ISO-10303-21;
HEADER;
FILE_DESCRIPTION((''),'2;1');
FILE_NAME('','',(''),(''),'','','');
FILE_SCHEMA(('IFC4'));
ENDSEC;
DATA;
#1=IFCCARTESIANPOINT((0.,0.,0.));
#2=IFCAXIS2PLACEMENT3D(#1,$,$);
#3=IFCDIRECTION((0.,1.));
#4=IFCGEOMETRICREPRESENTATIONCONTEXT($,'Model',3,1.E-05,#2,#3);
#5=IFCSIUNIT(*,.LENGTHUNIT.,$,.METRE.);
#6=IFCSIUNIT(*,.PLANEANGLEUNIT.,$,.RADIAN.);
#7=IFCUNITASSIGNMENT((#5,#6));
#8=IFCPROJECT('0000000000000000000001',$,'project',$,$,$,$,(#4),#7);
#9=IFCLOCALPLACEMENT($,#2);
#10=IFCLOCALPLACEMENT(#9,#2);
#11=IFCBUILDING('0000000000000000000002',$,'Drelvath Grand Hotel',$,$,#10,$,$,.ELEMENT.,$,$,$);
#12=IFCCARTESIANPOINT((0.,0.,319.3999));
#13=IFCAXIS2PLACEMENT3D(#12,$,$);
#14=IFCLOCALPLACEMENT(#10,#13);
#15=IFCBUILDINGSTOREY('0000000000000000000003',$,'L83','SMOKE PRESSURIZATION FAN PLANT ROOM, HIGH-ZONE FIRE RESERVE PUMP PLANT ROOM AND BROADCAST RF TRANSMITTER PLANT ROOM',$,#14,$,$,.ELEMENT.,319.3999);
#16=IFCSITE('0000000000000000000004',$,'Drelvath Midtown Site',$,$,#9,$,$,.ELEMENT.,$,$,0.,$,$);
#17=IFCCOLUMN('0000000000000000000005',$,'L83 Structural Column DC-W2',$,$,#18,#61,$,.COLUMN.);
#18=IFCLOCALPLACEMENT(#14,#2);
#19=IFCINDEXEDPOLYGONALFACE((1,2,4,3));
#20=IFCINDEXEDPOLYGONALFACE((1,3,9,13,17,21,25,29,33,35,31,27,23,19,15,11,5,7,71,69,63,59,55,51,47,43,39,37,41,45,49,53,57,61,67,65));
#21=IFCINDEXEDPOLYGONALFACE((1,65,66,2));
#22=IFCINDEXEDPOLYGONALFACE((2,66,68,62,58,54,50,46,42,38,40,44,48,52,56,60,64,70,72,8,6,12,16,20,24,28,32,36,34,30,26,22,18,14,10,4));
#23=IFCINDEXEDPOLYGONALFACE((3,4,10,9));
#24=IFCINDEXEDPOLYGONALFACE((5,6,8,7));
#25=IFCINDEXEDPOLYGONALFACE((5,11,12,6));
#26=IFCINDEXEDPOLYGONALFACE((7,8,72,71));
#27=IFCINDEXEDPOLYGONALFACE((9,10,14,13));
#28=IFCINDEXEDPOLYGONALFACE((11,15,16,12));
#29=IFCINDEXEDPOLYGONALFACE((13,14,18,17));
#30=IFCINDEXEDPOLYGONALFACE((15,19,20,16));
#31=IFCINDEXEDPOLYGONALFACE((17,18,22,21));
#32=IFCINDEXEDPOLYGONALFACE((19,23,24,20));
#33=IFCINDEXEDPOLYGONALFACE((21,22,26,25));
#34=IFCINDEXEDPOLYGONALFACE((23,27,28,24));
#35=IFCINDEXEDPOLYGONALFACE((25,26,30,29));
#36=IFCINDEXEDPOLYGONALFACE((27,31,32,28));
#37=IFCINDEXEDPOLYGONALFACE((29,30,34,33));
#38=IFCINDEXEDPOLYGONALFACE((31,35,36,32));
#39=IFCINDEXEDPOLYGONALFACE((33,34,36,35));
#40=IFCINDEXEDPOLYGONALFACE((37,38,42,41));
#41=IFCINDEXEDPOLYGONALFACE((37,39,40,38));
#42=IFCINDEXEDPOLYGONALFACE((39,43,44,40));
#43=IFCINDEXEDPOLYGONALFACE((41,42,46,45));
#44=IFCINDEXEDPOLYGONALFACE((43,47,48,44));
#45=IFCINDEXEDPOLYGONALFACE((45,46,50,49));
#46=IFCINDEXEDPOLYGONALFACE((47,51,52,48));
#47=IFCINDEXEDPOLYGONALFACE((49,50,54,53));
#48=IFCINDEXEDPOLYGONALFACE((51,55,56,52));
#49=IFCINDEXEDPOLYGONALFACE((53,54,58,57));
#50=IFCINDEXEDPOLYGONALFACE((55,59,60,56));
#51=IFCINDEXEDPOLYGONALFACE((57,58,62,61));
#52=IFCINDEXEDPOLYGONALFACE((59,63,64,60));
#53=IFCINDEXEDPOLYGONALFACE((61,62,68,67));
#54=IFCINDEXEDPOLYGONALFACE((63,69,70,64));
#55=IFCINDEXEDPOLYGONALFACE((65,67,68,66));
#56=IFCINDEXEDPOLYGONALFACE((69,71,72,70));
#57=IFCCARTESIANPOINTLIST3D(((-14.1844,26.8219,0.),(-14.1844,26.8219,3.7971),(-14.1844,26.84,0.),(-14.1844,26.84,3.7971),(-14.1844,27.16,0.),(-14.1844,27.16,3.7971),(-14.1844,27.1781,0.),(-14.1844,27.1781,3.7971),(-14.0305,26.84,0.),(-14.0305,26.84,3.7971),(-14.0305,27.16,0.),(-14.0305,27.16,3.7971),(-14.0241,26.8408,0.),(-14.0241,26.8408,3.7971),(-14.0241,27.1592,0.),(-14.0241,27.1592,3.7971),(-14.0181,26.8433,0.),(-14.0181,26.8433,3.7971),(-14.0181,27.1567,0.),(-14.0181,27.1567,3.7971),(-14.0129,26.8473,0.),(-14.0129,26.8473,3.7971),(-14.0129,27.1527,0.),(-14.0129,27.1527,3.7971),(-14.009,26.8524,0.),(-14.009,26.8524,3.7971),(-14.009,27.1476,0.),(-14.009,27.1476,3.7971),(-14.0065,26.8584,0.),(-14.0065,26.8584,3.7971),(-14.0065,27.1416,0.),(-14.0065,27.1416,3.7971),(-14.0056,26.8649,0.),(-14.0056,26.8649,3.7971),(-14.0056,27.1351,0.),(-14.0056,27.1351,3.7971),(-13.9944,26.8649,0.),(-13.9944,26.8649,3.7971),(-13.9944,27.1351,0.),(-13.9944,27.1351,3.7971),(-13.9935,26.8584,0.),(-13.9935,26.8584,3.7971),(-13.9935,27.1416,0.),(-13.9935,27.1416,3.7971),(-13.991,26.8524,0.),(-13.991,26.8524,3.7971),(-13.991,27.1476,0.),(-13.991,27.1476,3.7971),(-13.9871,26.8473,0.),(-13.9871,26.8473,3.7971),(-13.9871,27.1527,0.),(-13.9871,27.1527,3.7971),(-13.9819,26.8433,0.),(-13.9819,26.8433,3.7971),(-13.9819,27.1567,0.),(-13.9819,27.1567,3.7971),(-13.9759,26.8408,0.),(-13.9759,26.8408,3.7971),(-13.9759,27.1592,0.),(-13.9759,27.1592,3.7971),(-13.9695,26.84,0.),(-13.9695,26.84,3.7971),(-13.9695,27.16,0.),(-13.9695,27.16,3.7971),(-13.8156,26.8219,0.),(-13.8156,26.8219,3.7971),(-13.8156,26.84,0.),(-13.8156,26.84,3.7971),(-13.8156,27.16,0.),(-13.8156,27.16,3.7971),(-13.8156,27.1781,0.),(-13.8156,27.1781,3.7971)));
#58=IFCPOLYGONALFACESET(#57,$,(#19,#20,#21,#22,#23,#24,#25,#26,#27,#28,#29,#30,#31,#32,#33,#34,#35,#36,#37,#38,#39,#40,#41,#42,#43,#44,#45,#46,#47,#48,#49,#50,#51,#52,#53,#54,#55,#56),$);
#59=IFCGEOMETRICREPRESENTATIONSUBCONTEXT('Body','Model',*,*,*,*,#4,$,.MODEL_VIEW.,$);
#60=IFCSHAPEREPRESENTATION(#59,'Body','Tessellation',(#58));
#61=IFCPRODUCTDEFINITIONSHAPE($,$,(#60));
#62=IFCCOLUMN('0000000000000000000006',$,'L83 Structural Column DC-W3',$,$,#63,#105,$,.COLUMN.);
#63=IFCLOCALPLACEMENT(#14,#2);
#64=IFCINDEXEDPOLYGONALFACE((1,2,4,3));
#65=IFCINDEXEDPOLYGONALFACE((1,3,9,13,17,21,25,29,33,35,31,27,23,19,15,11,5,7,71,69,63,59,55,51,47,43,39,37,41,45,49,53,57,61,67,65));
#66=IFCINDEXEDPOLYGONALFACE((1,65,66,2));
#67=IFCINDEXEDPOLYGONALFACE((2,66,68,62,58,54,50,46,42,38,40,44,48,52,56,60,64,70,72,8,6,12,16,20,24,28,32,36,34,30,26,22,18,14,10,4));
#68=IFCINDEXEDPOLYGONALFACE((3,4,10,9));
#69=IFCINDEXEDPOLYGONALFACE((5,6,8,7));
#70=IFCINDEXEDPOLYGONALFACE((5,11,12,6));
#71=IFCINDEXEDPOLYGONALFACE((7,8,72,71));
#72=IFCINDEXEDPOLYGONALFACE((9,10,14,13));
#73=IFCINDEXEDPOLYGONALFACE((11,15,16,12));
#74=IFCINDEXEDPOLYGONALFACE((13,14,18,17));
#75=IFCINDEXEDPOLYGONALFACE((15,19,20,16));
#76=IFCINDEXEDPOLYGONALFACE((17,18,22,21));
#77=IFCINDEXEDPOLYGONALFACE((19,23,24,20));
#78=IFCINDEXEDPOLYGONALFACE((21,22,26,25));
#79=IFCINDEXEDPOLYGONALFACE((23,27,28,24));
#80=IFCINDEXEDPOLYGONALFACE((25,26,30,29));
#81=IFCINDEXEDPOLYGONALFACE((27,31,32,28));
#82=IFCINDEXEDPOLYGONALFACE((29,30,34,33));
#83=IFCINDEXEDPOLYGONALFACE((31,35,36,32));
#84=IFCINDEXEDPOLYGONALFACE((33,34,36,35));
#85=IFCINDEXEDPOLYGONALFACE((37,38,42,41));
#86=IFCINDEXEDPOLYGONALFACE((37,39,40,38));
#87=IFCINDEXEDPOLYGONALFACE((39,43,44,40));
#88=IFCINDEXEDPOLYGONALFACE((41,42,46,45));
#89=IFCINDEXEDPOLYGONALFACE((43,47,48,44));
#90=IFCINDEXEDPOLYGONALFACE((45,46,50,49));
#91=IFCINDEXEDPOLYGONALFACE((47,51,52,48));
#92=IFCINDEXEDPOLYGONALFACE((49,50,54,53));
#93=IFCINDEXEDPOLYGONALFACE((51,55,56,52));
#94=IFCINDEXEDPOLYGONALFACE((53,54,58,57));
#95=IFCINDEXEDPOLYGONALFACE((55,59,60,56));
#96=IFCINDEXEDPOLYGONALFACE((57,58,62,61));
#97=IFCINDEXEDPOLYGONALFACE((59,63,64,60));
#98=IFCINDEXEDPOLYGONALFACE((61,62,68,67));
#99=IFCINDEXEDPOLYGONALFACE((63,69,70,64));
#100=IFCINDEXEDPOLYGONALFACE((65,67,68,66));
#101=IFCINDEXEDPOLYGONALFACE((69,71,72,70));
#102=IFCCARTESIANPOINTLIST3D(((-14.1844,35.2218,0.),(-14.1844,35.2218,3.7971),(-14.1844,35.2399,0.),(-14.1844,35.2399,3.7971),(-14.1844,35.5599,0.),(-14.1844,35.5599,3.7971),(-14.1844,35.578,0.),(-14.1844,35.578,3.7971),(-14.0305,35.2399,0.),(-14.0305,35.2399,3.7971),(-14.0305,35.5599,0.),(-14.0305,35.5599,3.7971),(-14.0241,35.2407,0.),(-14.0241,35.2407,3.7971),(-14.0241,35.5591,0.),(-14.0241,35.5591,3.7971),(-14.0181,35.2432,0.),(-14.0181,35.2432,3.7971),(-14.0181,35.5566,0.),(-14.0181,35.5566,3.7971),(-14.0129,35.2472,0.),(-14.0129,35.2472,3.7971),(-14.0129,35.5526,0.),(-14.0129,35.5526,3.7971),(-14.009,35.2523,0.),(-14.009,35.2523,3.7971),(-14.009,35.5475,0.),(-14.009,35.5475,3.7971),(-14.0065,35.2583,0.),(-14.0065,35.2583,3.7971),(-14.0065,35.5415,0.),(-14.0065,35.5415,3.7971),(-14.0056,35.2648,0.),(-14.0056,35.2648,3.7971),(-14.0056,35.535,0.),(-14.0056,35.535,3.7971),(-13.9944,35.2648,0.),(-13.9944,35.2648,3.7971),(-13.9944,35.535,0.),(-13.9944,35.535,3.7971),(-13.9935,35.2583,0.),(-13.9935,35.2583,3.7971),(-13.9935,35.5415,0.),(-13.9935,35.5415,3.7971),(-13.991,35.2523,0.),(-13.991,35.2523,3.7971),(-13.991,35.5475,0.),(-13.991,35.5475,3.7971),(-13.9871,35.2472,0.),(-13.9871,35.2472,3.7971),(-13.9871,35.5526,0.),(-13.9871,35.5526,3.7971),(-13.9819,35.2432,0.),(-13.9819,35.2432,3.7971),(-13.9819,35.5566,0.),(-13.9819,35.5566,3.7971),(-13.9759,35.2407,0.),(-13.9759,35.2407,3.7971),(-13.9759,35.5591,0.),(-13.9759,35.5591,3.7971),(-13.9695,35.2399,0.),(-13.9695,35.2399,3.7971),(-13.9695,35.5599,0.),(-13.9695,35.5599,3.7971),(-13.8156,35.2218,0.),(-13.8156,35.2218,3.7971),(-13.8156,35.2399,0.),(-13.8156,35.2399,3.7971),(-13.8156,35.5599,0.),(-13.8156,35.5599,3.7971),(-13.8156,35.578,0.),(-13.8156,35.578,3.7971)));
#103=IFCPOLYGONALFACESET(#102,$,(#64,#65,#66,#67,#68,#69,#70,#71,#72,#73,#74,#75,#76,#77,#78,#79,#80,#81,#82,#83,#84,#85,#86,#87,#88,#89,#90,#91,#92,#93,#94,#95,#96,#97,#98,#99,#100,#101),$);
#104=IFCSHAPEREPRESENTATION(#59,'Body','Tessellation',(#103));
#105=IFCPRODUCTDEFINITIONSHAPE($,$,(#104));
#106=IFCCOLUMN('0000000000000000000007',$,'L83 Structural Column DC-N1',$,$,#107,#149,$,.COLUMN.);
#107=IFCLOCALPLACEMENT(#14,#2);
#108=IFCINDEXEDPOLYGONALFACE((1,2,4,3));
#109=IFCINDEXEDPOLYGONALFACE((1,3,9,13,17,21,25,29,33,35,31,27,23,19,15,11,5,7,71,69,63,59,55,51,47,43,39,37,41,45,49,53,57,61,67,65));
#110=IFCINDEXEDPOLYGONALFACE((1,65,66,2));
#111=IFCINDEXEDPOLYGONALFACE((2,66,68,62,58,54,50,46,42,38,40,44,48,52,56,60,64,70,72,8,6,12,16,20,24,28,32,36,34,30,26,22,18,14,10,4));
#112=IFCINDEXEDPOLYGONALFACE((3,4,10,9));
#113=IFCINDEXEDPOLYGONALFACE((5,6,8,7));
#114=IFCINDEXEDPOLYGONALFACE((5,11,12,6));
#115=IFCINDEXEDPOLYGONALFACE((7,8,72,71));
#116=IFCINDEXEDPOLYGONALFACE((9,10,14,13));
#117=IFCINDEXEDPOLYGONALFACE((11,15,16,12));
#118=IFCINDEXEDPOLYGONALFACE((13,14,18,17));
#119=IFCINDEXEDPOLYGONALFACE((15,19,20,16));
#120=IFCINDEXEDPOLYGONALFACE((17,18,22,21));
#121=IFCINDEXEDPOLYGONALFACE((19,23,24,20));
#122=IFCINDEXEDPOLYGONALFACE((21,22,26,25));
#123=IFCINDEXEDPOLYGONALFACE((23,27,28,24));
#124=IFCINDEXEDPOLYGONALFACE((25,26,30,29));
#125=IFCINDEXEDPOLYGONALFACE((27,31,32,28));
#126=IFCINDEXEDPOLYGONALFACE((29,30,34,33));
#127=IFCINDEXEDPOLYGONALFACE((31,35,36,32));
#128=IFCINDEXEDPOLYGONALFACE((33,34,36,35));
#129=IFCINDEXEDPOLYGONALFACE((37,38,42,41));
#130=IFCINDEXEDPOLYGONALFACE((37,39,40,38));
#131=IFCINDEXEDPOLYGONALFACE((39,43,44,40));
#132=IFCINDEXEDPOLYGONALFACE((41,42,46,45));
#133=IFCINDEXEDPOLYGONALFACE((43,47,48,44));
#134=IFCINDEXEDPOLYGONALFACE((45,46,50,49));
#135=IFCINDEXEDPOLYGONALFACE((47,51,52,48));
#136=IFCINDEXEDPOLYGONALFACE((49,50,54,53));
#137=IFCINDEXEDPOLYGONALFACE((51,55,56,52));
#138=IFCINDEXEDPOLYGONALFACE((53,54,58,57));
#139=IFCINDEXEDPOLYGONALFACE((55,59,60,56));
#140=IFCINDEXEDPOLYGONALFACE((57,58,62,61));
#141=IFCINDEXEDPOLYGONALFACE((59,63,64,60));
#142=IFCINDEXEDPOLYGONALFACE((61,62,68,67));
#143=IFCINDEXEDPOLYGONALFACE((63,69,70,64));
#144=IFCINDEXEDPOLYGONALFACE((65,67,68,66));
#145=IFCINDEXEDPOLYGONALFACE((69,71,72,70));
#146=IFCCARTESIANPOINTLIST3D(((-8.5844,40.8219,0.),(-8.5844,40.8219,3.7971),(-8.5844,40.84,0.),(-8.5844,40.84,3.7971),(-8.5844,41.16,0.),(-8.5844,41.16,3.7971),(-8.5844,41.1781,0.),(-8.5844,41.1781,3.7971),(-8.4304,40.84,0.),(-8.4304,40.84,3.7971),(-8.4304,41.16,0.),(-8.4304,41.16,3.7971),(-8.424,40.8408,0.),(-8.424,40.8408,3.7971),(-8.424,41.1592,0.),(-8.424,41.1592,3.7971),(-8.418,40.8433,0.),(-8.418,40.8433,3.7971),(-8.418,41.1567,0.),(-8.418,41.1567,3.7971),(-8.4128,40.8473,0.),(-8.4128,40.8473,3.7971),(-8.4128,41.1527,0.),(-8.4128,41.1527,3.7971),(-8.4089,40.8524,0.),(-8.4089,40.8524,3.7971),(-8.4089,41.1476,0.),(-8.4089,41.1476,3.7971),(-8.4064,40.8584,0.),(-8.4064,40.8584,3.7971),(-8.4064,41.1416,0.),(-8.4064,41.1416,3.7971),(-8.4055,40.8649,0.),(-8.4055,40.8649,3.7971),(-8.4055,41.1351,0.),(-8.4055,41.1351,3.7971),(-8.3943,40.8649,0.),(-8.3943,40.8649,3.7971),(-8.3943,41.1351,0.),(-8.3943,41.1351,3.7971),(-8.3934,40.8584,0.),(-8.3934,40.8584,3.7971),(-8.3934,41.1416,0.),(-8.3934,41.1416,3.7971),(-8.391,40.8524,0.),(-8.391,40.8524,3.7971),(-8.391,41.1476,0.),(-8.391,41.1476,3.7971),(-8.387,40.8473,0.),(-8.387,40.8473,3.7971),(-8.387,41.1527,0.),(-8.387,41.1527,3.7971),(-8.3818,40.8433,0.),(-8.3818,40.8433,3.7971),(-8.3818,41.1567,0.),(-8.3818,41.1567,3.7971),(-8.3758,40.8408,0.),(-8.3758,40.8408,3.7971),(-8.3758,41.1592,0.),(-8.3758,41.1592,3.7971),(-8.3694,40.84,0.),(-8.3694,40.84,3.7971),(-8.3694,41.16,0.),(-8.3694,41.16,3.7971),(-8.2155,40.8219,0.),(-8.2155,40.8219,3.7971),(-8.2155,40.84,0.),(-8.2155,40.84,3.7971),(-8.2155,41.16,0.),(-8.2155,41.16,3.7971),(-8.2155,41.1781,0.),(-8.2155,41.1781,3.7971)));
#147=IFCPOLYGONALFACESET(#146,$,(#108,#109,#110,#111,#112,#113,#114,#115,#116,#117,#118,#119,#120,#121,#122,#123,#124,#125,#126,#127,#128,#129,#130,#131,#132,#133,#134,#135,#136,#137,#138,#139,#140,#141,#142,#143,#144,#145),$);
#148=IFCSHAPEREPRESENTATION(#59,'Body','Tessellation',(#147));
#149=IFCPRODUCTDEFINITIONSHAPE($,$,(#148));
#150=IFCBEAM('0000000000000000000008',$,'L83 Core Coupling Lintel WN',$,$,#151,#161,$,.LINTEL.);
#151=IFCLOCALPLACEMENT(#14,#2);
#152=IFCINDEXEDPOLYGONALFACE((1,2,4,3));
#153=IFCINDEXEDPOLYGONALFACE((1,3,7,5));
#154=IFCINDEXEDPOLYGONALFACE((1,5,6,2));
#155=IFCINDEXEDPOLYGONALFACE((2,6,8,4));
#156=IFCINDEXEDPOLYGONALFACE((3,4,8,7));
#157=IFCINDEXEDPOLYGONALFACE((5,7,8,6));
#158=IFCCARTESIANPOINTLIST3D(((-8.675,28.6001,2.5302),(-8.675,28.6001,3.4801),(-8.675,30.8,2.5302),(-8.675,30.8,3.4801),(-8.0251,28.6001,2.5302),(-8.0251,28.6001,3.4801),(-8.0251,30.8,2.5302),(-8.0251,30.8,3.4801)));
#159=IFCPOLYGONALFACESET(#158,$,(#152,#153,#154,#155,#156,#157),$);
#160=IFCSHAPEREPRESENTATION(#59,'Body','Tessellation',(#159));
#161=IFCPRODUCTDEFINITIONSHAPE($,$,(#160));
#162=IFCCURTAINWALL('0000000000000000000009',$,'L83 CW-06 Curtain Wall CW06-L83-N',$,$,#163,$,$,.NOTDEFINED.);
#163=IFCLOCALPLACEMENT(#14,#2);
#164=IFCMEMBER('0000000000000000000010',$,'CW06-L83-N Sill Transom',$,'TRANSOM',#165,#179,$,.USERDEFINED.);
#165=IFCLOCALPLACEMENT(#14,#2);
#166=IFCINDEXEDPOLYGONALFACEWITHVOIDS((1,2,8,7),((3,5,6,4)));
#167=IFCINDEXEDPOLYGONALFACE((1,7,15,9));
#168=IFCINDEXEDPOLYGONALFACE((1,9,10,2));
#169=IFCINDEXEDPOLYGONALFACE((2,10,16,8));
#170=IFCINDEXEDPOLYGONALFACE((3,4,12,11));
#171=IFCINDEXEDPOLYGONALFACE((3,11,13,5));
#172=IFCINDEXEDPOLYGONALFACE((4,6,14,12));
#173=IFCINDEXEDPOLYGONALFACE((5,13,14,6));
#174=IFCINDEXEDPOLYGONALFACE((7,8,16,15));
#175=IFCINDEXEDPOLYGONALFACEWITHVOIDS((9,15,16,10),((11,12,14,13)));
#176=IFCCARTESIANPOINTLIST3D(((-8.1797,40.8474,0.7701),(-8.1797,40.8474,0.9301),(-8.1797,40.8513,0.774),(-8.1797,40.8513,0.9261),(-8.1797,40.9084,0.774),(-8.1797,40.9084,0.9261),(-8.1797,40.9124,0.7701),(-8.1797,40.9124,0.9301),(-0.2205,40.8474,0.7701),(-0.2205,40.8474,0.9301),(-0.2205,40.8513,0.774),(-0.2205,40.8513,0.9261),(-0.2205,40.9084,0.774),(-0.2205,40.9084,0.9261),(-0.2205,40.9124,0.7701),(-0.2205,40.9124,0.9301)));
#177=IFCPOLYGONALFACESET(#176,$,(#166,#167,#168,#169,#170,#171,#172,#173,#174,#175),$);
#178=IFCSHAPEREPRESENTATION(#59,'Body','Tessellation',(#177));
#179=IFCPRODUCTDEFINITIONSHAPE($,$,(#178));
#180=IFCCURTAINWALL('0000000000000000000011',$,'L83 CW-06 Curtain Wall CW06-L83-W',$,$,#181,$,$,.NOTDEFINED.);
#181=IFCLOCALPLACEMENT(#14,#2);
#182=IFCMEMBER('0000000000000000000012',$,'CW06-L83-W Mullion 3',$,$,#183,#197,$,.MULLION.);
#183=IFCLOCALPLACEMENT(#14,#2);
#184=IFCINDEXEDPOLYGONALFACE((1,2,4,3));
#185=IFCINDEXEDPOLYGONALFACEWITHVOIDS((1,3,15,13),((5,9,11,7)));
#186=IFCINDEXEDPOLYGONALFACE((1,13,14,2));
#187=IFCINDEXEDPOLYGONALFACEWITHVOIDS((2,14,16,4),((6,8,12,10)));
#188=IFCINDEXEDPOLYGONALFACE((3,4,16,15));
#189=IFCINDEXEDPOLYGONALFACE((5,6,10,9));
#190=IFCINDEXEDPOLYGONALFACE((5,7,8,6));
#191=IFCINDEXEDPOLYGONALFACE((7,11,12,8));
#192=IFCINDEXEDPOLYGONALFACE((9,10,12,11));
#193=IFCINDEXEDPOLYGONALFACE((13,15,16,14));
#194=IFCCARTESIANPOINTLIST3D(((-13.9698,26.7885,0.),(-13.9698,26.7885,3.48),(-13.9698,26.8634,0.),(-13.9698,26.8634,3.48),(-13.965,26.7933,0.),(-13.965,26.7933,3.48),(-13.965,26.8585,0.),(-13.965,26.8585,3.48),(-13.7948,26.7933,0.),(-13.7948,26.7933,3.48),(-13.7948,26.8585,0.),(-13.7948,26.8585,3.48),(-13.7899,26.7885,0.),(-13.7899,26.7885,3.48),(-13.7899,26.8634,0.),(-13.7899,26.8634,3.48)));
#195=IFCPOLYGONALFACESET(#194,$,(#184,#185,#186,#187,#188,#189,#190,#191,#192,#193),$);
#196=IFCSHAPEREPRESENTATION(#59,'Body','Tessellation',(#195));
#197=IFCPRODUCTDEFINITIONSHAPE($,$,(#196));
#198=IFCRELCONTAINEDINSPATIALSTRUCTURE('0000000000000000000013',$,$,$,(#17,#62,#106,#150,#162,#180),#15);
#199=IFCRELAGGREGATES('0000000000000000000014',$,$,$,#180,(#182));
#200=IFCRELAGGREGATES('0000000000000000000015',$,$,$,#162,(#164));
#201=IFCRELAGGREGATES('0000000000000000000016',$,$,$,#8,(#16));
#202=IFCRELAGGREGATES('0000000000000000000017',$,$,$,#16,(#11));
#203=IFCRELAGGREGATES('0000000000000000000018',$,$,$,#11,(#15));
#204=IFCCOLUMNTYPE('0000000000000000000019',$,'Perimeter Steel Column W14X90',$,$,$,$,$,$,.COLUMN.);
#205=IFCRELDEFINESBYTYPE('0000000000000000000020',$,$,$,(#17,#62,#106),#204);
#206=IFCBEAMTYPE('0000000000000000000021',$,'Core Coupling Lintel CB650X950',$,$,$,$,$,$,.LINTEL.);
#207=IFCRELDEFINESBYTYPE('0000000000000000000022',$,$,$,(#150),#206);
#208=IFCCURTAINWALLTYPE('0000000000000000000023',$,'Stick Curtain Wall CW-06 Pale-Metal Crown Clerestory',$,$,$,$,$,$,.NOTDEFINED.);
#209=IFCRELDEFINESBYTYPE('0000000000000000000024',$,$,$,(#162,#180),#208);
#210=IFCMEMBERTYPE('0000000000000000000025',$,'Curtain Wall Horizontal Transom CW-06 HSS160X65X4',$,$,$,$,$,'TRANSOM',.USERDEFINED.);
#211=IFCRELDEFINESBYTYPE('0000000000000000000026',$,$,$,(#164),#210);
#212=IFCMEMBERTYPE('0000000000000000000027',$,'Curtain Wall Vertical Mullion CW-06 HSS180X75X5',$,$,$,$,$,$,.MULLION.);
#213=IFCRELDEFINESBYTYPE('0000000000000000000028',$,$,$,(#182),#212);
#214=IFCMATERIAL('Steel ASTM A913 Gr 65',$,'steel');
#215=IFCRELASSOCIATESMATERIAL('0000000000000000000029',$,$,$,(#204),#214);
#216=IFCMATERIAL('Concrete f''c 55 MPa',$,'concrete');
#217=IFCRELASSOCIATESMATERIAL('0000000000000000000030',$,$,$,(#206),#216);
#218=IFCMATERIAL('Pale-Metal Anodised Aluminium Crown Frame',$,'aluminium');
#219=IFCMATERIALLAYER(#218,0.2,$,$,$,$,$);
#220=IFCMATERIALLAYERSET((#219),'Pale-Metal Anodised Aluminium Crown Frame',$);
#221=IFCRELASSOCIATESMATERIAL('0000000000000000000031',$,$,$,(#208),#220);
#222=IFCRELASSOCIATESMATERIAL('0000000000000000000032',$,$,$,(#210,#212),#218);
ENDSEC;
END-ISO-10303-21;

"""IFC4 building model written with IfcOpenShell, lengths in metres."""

from ifc_helpers import new_model, si_unit, direction, frame, origin, origin_2d, place, context, subcontext, project, spatial, rectangle, hollow_rectangle, i_section, extrude, material, layer, layer_set, material_profile, profile_set, type_object, element, aggregate, save


model = new_model("IFC4")

# Units and contexts
model_context = context("Model", 3, precision=1e-05, world=origin(), true_north=direction((0.0, 1.0)))
body_context = subcontext(model_context, "Body", "Model", "MODEL_VIEW")
ifc_project = project(units=[si_unit("LENGTHUNIT", "METRE"), si_unit("PLANEANGLEUNIT", "RADIAN")], contexts=[model_context])

# Site, building, storey
site_placement = place(None, origin())
site = spatial("IfcSite", under=ifc_project, at=site_placement, Name="Drelvath Midtown Site", CompositionType="ELEMENT", RefElevation=0.0)
building_placement = place(site_placement, origin())
building = spatial("IfcBuilding", under=site, at=building_placement, Name="Drelvath Grand Hotel", CompositionType="ELEMENT")
storey_placement = place(building_placement, frame((0.0, 0.0, 319.3999)))
storey = spatial("IfcBuildingStorey", under=building, at=storey_placement, Name="L83", Description="SMOKE PRESSURIZATION FAN PLANT ROOM, HIGH-ZONE FIRE RESERVE PUMP PLANT ROOM AND BROADCAST RF TRANSMITTER PLANT ROOM", CompositionType="ELEMENT", Elevation=319.3999)

# Columns
ifc_material_1 = material(Name="Steel ASTM A913 Gr 65", Category="steel")
ifc_material_profile_1 = material_profile(ifc_material_1, i_section(OverallWidth=0.3689, OverallDepth=0.3562, WebThickness=0.0112, FlangeThickness=0.0181, FilletRadius=0.0249, at=origin_2d()), Name="W14X90")
ifc_profile_set_1 = profile_set([ifc_material_profile_1], Name="Steel ASTM A913 Gr 65")
column_type = type_object("IfcColumnType", Name="Perimeter Steel Column W14X90", PredefinedType="COLUMN", material=ifc_profile_set_1)
for number, where, z_axis, x_axis, name in (
    (1, (-14.0, 27.0, 0.0), (0.0, 0.0, 1.0), (1.0, 0.0, 0.0), "L83 Structural Column DC-W2"),
    (2, (-14.0, 35.3999, 0.0), (0.0, 0.0, 1.0), (1.0, 0.0, 0.0), "L83 Structural Column DC-W3"),
    (3, (-8.3999, 41.0, 0.0), (0.0, 0.0, 1.0), (1.0, 0.0, 0.0), "L83 Structural Column DC-N1"),
):
    element("IfcColumn", number, at=place(storey_placement, frame(where, z_axis=z_axis, x_axis=x_axis)), inside=storey, type_object=column_type, Name=name, PredefinedType="COLUMN", context=body_context, shape_type="SweptSolid", body=[
        extrude(i_section(OverallWidth=0.3689, OverallDepth=0.3562, WebThickness=0.0112, FlangeThickness=0.0181, FilletRadius=0.0249, at=origin_2d()), origin(), (0.0, 0.0, 1.0), 3.7971),
    ])

# Beam
ifc_material_2 = material(Name="Concrete f'c 55 MPa", Category="concrete")
ifc_material_profile_2 = material_profile(ifc_material_2, rectangle(XDim=0.6499, YDim=0.95, at=origin_2d()), Name="CB650X950")
ifc_profile_set_2 = profile_set([ifc_material_profile_2], Name="Concrete f'c 55 MPa")
beam_type_1 = type_object("IfcBeamType", Name="Core Coupling Lintel CB650X950", PredefinedType="LINTEL", material=ifc_profile_set_2)
beam_1_placement = place(storey_placement, frame((-8.3501, 28.6001, 3.0051), z_axis=(0.0, 1.0, 0.0), x_axis=(-1.0, 0.0, 0.0)))
element("IfcBeam", 4, at=beam_1_placement, inside=storey, type_object=beam_type_1, Name="L83 Core Coupling Lintel WN", PredefinedType="LINTEL", context=body_context, shape_type="SweptSolid", body=[
    extrude(rectangle(XDim=0.6499, YDim=0.95, at=origin_2d()), origin(), (0.0, 0.0, 1.0), 2.2),
])

# Curtain walls, members
ifc_material_3 = material(Name="Pale-Metal Anodised Aluminium Crown Frame", Category="aluminium")
ifc_layer_1 = layer(ifc_material_3, 0.2)
ifc_layer_set_1 = layer_set([ifc_layer_1], Name="Pale-Metal Anodised Aluminium Crown Frame")
curtain_wall_type = type_object("IfcCurtainWallType", Name="Stick Curtain Wall CW-06 Pale-Metal Crown Clerestory", PredefinedType="NOTDEFINED", material=ifc_layer_set_1)
curtain_wall_1_placement = place(storey_placement, origin())
curtain_wall_1 = element("IfcCurtainWall", 5, at=curtain_wall_1_placement, inside=storey, type_object=curtain_wall_type, Name="L83 CW-06 Curtain Wall CW06-L83-N", PredefinedType="NOTDEFINED")
ifc_material_profile_3 = material_profile(ifc_material_3, hollow_rectangle(XDim=0.0649, YDim=0.1599, WallThickness=0.0039, at=origin_2d()), Name="HSS160X65X4")
ifc_profile_set_3 = profile_set([ifc_material_profile_3], Name="Pale-Metal Anodised Aluminium Crown Frame")
member_type_1 = type_object("IfcMemberType", Name="Curtain Wall Horizontal Transom CW-06 HSS160X65X4", ElementType="TRANSOM", PredefinedType="USERDEFINED", material=ifc_profile_set_3)
member_1_placement = place(storey_placement, frame((-8.1797, 40.8799, 0.8501), z_axis=(1.0, 0.0, 0.0), x_axis=(0.0, 1.0, 0.0)))
member_1 = element("IfcMember", 6, at=member_1_placement, type_object=member_type_1, Name="CW06-L83-N Sill Transom", ObjectType="TRANSOM", PredefinedType="USERDEFINED", context=body_context, shape_type="SweptSolid", body=[
    extrude(hollow_rectangle(XDim=0.0649, YDim=0.1599, WallThickness=0.0039, at=origin_2d()), origin(), (0.0, 0.0, 1.0), 7.9592),
])
curtain_wall_2_placement = place(storey_placement, origin())
curtain_wall_2 = element("IfcCurtainWall", 7, at=curtain_wall_2_placement, inside=storey, type_object=curtain_wall_type, Name="L83 CW-06 Curtain Wall CW06-L83-W", PredefinedType="NOTDEFINED")
ifc_material_profile_4 = material_profile(ifc_material_3, hollow_rectangle(XDim=0.075, YDim=0.1799, WallThickness=0.0049, at=origin_2d()), Name="HSS180X75X5")
ifc_profile_set_4 = profile_set([ifc_material_profile_4], Name="Pale-Metal Anodised Aluminium Crown Frame")
member_type_2 = type_object("IfcMemberType", Name="Curtain Wall Vertical Mullion CW-06 HSS180X75X5", PredefinedType="MULLION", material=ifc_profile_set_4)
member_2_placement = place(storey_placement, frame((-13.8799, 26.8259, 0.0), z_axis=(0.0, 0.0, 1.0), x_axis=(0.0, 1.0, 0.0)))
member_2 = element("IfcMember", 8, at=member_2_placement, type_object=member_type_2, Name="CW06-L83-W Mullion 3", PredefinedType="MULLION", context=body_context, shape_type="SweptSolid", body=[
    extrude(hollow_rectangle(XDim=0.075, YDim=0.1799, WallThickness=0.0049, at=origin_2d()), origin(), (0.0, 0.0, 1.0), 3.48),
])
aggregate(curtain_wall_2, [member_2])

aggregate(curtain_wall_1, [member_1])

save(model, "model.ifc")
